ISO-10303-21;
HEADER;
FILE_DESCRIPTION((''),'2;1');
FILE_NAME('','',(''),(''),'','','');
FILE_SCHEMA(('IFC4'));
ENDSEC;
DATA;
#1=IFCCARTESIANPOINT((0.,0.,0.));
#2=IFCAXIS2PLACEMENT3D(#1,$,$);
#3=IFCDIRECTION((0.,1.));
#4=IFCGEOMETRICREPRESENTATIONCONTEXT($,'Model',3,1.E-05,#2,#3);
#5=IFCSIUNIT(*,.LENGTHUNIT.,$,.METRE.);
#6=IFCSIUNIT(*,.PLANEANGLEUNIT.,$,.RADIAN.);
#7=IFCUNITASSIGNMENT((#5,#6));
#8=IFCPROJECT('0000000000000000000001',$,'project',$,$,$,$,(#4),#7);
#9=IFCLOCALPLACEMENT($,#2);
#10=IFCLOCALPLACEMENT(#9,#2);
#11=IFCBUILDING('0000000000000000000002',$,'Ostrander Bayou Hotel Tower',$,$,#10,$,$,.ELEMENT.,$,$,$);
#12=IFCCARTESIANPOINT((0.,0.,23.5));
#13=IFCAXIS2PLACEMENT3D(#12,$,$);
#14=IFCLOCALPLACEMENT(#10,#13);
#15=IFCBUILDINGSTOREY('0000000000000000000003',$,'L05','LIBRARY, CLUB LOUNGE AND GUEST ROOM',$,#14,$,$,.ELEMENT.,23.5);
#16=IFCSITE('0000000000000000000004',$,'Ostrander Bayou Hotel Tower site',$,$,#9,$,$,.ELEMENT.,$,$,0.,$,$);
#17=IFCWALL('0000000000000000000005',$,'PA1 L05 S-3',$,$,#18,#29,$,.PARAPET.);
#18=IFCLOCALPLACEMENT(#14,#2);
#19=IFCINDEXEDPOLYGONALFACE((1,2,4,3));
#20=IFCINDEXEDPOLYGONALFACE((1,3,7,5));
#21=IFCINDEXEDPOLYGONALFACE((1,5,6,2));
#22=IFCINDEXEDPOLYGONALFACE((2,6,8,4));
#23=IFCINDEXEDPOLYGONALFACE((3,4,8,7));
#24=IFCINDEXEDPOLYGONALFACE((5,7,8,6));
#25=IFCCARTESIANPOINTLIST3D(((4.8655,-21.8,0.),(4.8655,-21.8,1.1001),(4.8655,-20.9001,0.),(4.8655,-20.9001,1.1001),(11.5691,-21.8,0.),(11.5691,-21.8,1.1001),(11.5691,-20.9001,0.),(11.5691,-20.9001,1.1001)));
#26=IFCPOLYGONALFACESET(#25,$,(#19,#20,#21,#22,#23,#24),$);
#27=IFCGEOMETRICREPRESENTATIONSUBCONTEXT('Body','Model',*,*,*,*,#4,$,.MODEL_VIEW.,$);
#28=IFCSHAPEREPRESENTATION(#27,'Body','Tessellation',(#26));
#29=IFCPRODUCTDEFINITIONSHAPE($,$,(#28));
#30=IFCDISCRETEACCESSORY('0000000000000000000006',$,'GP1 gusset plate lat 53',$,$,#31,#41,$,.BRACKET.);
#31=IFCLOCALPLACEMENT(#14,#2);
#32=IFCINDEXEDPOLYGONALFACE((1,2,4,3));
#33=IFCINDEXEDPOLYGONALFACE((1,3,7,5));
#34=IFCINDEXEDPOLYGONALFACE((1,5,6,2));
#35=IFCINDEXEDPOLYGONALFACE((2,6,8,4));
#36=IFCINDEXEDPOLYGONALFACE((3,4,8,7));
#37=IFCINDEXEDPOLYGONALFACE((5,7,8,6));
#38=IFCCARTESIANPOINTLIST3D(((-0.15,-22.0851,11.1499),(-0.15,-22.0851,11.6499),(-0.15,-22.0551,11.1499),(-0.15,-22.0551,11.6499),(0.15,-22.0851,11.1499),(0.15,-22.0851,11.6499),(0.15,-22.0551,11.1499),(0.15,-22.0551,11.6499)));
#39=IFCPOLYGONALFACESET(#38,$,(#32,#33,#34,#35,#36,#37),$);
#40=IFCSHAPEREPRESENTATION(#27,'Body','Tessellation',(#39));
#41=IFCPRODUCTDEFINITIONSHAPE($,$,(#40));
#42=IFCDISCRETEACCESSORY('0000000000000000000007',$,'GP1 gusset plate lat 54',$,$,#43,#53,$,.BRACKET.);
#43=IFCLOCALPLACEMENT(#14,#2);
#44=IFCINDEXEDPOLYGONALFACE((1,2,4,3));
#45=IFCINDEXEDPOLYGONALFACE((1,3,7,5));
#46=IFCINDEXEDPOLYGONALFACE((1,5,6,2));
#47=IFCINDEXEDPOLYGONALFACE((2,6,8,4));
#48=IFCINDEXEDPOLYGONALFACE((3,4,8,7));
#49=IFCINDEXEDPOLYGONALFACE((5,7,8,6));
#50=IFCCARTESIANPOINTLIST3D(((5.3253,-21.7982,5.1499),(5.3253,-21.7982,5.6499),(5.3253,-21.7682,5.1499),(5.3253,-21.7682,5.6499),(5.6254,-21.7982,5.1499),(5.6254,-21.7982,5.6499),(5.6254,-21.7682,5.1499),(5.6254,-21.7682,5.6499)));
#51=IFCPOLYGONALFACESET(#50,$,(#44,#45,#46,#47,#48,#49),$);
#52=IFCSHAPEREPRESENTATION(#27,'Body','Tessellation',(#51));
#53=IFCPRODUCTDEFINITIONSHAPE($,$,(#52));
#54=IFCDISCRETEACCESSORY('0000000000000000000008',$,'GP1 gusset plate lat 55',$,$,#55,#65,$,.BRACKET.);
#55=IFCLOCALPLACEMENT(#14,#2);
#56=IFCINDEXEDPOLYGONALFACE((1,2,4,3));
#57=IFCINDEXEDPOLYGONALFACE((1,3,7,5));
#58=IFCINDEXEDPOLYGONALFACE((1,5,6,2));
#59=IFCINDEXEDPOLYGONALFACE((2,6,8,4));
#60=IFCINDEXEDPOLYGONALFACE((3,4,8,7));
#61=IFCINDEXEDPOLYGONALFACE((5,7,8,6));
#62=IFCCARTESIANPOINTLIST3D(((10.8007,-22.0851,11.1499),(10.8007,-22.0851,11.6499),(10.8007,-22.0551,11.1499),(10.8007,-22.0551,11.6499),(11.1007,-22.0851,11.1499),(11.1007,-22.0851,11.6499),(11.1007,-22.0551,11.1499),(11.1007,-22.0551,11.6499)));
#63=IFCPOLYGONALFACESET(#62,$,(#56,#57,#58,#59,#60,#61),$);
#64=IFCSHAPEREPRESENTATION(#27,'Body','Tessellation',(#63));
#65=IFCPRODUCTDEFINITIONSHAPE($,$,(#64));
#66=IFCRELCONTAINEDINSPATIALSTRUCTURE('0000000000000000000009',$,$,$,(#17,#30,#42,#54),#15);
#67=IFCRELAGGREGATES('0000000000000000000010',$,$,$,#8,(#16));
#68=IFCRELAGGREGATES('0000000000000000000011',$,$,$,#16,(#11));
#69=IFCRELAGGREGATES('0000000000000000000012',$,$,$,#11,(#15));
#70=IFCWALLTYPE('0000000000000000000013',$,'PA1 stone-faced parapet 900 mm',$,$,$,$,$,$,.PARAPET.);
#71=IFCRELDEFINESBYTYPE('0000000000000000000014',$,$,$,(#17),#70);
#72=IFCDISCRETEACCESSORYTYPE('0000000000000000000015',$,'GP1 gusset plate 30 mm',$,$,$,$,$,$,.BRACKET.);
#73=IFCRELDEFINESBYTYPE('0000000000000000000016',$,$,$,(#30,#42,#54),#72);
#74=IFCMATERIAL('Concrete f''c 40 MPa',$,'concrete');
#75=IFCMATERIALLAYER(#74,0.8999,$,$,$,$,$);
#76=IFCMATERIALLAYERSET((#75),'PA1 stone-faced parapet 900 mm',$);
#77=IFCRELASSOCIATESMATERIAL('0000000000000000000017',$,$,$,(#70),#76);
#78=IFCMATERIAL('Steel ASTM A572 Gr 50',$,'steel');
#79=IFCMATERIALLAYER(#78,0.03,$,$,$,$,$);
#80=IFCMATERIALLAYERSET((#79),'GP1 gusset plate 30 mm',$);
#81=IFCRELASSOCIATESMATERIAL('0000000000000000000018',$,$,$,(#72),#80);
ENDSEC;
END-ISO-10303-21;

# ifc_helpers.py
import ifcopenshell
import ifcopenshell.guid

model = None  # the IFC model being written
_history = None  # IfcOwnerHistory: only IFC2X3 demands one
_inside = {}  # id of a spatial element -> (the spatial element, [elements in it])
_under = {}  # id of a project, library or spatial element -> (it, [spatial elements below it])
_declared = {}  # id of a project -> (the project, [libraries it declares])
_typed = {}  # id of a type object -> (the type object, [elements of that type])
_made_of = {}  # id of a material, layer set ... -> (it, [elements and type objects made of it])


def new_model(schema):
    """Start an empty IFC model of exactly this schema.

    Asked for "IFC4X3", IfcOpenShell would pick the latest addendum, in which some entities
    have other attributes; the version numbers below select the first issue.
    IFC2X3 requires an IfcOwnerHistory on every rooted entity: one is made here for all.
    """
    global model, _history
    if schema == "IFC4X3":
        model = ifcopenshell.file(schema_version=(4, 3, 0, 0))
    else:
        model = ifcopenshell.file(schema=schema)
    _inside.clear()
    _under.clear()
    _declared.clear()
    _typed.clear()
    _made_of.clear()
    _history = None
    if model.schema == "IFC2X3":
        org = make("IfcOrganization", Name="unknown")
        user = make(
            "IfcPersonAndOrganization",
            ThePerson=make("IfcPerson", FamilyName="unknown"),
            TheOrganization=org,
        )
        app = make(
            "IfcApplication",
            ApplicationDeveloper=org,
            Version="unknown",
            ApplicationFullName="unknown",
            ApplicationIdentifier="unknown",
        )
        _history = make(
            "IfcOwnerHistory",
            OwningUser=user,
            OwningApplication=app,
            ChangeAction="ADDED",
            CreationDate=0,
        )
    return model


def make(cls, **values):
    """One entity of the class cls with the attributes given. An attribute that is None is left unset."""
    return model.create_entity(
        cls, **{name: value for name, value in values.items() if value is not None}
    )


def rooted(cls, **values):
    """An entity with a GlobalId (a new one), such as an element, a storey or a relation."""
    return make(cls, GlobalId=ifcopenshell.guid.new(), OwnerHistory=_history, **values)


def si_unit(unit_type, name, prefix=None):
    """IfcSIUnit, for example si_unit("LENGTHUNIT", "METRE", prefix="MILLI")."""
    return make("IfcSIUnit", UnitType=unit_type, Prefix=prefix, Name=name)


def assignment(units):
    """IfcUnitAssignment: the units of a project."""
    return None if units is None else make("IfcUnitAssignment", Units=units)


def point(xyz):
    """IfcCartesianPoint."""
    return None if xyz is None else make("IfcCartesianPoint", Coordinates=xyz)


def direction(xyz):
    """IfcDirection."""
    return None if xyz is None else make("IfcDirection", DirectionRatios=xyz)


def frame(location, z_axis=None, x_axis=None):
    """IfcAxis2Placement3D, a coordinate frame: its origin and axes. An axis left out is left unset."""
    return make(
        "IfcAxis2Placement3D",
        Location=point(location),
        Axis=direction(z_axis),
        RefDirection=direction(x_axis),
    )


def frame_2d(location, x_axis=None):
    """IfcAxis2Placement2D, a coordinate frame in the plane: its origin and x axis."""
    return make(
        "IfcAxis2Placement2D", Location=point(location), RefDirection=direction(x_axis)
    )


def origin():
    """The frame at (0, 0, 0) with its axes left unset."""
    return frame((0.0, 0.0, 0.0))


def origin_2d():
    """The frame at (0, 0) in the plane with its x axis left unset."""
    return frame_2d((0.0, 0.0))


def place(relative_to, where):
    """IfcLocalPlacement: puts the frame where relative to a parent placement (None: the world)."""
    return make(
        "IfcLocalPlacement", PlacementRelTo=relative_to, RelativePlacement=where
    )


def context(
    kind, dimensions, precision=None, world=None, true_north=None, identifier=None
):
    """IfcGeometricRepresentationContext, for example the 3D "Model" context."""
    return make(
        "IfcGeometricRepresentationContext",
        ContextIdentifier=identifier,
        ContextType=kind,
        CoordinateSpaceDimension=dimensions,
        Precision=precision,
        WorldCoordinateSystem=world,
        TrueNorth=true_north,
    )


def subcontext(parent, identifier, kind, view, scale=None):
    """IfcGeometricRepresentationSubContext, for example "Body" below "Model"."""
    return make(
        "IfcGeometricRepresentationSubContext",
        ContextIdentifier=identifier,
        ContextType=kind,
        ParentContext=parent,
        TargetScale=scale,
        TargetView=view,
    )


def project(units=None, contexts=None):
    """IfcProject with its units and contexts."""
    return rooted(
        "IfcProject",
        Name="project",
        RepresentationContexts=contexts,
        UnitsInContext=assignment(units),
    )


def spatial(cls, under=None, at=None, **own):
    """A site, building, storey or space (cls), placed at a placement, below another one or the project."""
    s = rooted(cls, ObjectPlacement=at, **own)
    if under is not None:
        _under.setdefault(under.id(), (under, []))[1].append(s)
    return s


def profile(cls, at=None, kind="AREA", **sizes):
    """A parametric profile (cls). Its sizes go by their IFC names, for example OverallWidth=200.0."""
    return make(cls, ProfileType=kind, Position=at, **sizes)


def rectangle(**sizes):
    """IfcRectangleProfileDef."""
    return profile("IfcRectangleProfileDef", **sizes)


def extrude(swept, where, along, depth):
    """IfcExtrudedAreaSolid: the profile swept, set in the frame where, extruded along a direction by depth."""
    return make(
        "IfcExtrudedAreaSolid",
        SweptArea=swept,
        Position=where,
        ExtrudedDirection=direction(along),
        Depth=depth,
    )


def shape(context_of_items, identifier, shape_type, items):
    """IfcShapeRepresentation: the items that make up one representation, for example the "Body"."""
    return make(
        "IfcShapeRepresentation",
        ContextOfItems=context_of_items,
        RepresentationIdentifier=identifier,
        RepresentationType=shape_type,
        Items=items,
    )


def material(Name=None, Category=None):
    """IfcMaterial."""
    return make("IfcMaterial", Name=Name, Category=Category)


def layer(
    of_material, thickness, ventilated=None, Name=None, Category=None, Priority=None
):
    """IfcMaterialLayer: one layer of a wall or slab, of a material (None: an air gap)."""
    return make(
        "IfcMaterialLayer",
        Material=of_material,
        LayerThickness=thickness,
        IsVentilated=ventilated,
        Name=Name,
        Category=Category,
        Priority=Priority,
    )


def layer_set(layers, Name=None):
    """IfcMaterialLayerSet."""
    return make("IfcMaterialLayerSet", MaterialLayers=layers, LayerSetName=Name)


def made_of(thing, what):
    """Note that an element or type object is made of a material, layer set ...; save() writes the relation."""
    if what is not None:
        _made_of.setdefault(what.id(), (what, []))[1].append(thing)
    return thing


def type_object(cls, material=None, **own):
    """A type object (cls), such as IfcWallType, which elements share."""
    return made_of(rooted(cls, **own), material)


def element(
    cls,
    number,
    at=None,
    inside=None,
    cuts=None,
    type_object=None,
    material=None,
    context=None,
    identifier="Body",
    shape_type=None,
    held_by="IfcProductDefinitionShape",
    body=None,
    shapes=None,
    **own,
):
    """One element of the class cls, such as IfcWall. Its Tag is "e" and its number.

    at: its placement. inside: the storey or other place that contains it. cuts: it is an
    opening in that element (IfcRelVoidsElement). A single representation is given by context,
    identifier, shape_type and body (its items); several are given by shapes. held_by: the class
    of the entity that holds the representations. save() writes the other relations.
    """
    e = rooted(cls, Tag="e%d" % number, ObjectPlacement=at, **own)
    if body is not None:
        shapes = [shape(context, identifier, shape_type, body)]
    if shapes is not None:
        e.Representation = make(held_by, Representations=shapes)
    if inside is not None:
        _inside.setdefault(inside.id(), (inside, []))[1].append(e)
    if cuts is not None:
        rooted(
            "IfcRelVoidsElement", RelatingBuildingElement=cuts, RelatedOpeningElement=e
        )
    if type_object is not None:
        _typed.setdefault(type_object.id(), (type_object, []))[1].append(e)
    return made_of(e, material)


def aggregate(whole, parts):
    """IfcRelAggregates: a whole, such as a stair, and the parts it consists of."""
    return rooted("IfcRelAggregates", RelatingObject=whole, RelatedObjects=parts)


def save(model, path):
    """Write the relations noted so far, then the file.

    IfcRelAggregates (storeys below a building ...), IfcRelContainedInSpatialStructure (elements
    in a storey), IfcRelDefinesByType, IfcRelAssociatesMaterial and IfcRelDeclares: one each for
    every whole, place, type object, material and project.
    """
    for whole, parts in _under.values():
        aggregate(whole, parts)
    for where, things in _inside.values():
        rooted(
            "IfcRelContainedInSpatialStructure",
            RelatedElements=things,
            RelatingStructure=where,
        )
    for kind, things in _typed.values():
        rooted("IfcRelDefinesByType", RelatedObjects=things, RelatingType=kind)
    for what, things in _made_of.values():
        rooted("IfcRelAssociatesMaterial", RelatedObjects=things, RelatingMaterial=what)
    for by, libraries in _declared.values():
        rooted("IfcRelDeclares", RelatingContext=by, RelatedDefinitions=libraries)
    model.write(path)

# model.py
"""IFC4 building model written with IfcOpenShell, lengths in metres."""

from ifc_helpers import new_model, si_unit, direction, frame, frame_2d, origin, origin_2d, place, context, subcontext, project, spatial, rectangle, extrude, material, layer, layer_set, type_object, element, save


model = new_model("IFC4")

# Units and contexts
model_context = context("Model", 3, precision=1e-05, world=origin(), true_north=direction((0.0, 1.0)))
body_context = subcontext(model_context, "Body", "Model", "MODEL_VIEW")
ifc_project = project(units=[si_unit("LENGTHUNIT", "METRE"), si_unit("PLANEANGLEUNIT", "RADIAN")], contexts=[model_context])

# Site, building, storey
site_placement = place(None, origin())
site = spatial("IfcSite", under=ifc_project, at=site_placement, Name="Ostrander Bayou Hotel Tower site", CompositionType="ELEMENT", RefElevation=0.0)
building_placement = place(site_placement, origin())
building = spatial("IfcBuilding", under=site, at=building_placement, Name="Ostrander Bayou Hotel Tower", CompositionType="ELEMENT")
storey_placement = place(building_placement, frame((0.0, 0.0, 23.5)))
storey = spatial("IfcBuildingStorey", under=building, at=storey_placement, Name="L05", Description="LIBRARY, CLUB LOUNGE AND GUEST ROOM", CompositionType="ELEMENT", Elevation=23.5)

# Wall
ifc_material_1 = material(Name="Concrete f'c 40 MPa", Category="concrete")
ifc_layer_1 = layer(ifc_material_1, 0.8999)
ifc_layer_set_1 = layer_set([ifc_layer_1], Name="PA1 stone-faced parapet 900 mm")
wall_type_1 = type_object("IfcWallType", Name="PA1 stone-faced parapet 900 mm", PredefinedType="PARAPET", material=ifc_layer_set_1)
wall_1_placement = place(storey_placement, frame((4.8655, -21.3501, 0.0), z_axis=(0.0, 0.0, 1.0), x_axis=(1.0, 0.0, 0.0)))
element("IfcWall", 1, at=wall_1_placement, inside=storey, type_object=wall_type_1, Name="PA1 L05 S-3", PredefinedType="PARAPET", context=body_context, shape_type="SweptSolid", body=[
    extrude(rectangle(XDim=6.7036, YDim=0.8999, at=frame_2d((3.3518, 0.0))), origin(), (0.0, 0.0, 1.0), 1.1001),
])

# Discrete accessories
ifc_material_2 = material(Name="Steel ASTM A572 Gr 50", Category="steel")
ifc_layer_2 = layer(ifc_material_2, 0.03)
ifc_layer_set_2 = layer_set([ifc_layer_2], Name="GP1 gusset plate 30 mm")
discrete_accessory_type = type_object("IfcDiscreteAccessoryType", Name="GP1 gusset plate 30 mm", PredefinedType="BRACKET", material=ifc_layer_set_2)
for number, where, z_axis, x_axis, name in (
    (2, (0.0, -22.0701, 11.1499), (0.0, 0.0, 1.0), (1.0, 0.0, 0.0), "GP1 gusset plate lat 53"),
    (3, (5.4753, -21.7832, 5.1499), (0.0, 0.0, 1.0), (1.0, 0.0, 0.0), "GP1 gusset plate lat 54"),
    (4, (10.9507, -22.0701, 11.1499), (0.0, 0.0, 1.0), (1.0, 0.0, 0.0), "GP1 gusset plate lat 55"),
):
    element("IfcDiscreteAccessory", number, at=place(storey_placement, frame(where, z_axis=z_axis, x_axis=x_axis)), inside=storey, type_object=discrete_accessory_type, Name=name, PredefinedType="BRACKET", context=body_context, shape_type="SweptSolid", body=[
        extrude(rectangle(XDim=0.3, YDim=0.03, at=origin_2d()), origin(), (0.0, 0.0, 1.0), 0.5),
    ])

save(model, "model.ifc")
